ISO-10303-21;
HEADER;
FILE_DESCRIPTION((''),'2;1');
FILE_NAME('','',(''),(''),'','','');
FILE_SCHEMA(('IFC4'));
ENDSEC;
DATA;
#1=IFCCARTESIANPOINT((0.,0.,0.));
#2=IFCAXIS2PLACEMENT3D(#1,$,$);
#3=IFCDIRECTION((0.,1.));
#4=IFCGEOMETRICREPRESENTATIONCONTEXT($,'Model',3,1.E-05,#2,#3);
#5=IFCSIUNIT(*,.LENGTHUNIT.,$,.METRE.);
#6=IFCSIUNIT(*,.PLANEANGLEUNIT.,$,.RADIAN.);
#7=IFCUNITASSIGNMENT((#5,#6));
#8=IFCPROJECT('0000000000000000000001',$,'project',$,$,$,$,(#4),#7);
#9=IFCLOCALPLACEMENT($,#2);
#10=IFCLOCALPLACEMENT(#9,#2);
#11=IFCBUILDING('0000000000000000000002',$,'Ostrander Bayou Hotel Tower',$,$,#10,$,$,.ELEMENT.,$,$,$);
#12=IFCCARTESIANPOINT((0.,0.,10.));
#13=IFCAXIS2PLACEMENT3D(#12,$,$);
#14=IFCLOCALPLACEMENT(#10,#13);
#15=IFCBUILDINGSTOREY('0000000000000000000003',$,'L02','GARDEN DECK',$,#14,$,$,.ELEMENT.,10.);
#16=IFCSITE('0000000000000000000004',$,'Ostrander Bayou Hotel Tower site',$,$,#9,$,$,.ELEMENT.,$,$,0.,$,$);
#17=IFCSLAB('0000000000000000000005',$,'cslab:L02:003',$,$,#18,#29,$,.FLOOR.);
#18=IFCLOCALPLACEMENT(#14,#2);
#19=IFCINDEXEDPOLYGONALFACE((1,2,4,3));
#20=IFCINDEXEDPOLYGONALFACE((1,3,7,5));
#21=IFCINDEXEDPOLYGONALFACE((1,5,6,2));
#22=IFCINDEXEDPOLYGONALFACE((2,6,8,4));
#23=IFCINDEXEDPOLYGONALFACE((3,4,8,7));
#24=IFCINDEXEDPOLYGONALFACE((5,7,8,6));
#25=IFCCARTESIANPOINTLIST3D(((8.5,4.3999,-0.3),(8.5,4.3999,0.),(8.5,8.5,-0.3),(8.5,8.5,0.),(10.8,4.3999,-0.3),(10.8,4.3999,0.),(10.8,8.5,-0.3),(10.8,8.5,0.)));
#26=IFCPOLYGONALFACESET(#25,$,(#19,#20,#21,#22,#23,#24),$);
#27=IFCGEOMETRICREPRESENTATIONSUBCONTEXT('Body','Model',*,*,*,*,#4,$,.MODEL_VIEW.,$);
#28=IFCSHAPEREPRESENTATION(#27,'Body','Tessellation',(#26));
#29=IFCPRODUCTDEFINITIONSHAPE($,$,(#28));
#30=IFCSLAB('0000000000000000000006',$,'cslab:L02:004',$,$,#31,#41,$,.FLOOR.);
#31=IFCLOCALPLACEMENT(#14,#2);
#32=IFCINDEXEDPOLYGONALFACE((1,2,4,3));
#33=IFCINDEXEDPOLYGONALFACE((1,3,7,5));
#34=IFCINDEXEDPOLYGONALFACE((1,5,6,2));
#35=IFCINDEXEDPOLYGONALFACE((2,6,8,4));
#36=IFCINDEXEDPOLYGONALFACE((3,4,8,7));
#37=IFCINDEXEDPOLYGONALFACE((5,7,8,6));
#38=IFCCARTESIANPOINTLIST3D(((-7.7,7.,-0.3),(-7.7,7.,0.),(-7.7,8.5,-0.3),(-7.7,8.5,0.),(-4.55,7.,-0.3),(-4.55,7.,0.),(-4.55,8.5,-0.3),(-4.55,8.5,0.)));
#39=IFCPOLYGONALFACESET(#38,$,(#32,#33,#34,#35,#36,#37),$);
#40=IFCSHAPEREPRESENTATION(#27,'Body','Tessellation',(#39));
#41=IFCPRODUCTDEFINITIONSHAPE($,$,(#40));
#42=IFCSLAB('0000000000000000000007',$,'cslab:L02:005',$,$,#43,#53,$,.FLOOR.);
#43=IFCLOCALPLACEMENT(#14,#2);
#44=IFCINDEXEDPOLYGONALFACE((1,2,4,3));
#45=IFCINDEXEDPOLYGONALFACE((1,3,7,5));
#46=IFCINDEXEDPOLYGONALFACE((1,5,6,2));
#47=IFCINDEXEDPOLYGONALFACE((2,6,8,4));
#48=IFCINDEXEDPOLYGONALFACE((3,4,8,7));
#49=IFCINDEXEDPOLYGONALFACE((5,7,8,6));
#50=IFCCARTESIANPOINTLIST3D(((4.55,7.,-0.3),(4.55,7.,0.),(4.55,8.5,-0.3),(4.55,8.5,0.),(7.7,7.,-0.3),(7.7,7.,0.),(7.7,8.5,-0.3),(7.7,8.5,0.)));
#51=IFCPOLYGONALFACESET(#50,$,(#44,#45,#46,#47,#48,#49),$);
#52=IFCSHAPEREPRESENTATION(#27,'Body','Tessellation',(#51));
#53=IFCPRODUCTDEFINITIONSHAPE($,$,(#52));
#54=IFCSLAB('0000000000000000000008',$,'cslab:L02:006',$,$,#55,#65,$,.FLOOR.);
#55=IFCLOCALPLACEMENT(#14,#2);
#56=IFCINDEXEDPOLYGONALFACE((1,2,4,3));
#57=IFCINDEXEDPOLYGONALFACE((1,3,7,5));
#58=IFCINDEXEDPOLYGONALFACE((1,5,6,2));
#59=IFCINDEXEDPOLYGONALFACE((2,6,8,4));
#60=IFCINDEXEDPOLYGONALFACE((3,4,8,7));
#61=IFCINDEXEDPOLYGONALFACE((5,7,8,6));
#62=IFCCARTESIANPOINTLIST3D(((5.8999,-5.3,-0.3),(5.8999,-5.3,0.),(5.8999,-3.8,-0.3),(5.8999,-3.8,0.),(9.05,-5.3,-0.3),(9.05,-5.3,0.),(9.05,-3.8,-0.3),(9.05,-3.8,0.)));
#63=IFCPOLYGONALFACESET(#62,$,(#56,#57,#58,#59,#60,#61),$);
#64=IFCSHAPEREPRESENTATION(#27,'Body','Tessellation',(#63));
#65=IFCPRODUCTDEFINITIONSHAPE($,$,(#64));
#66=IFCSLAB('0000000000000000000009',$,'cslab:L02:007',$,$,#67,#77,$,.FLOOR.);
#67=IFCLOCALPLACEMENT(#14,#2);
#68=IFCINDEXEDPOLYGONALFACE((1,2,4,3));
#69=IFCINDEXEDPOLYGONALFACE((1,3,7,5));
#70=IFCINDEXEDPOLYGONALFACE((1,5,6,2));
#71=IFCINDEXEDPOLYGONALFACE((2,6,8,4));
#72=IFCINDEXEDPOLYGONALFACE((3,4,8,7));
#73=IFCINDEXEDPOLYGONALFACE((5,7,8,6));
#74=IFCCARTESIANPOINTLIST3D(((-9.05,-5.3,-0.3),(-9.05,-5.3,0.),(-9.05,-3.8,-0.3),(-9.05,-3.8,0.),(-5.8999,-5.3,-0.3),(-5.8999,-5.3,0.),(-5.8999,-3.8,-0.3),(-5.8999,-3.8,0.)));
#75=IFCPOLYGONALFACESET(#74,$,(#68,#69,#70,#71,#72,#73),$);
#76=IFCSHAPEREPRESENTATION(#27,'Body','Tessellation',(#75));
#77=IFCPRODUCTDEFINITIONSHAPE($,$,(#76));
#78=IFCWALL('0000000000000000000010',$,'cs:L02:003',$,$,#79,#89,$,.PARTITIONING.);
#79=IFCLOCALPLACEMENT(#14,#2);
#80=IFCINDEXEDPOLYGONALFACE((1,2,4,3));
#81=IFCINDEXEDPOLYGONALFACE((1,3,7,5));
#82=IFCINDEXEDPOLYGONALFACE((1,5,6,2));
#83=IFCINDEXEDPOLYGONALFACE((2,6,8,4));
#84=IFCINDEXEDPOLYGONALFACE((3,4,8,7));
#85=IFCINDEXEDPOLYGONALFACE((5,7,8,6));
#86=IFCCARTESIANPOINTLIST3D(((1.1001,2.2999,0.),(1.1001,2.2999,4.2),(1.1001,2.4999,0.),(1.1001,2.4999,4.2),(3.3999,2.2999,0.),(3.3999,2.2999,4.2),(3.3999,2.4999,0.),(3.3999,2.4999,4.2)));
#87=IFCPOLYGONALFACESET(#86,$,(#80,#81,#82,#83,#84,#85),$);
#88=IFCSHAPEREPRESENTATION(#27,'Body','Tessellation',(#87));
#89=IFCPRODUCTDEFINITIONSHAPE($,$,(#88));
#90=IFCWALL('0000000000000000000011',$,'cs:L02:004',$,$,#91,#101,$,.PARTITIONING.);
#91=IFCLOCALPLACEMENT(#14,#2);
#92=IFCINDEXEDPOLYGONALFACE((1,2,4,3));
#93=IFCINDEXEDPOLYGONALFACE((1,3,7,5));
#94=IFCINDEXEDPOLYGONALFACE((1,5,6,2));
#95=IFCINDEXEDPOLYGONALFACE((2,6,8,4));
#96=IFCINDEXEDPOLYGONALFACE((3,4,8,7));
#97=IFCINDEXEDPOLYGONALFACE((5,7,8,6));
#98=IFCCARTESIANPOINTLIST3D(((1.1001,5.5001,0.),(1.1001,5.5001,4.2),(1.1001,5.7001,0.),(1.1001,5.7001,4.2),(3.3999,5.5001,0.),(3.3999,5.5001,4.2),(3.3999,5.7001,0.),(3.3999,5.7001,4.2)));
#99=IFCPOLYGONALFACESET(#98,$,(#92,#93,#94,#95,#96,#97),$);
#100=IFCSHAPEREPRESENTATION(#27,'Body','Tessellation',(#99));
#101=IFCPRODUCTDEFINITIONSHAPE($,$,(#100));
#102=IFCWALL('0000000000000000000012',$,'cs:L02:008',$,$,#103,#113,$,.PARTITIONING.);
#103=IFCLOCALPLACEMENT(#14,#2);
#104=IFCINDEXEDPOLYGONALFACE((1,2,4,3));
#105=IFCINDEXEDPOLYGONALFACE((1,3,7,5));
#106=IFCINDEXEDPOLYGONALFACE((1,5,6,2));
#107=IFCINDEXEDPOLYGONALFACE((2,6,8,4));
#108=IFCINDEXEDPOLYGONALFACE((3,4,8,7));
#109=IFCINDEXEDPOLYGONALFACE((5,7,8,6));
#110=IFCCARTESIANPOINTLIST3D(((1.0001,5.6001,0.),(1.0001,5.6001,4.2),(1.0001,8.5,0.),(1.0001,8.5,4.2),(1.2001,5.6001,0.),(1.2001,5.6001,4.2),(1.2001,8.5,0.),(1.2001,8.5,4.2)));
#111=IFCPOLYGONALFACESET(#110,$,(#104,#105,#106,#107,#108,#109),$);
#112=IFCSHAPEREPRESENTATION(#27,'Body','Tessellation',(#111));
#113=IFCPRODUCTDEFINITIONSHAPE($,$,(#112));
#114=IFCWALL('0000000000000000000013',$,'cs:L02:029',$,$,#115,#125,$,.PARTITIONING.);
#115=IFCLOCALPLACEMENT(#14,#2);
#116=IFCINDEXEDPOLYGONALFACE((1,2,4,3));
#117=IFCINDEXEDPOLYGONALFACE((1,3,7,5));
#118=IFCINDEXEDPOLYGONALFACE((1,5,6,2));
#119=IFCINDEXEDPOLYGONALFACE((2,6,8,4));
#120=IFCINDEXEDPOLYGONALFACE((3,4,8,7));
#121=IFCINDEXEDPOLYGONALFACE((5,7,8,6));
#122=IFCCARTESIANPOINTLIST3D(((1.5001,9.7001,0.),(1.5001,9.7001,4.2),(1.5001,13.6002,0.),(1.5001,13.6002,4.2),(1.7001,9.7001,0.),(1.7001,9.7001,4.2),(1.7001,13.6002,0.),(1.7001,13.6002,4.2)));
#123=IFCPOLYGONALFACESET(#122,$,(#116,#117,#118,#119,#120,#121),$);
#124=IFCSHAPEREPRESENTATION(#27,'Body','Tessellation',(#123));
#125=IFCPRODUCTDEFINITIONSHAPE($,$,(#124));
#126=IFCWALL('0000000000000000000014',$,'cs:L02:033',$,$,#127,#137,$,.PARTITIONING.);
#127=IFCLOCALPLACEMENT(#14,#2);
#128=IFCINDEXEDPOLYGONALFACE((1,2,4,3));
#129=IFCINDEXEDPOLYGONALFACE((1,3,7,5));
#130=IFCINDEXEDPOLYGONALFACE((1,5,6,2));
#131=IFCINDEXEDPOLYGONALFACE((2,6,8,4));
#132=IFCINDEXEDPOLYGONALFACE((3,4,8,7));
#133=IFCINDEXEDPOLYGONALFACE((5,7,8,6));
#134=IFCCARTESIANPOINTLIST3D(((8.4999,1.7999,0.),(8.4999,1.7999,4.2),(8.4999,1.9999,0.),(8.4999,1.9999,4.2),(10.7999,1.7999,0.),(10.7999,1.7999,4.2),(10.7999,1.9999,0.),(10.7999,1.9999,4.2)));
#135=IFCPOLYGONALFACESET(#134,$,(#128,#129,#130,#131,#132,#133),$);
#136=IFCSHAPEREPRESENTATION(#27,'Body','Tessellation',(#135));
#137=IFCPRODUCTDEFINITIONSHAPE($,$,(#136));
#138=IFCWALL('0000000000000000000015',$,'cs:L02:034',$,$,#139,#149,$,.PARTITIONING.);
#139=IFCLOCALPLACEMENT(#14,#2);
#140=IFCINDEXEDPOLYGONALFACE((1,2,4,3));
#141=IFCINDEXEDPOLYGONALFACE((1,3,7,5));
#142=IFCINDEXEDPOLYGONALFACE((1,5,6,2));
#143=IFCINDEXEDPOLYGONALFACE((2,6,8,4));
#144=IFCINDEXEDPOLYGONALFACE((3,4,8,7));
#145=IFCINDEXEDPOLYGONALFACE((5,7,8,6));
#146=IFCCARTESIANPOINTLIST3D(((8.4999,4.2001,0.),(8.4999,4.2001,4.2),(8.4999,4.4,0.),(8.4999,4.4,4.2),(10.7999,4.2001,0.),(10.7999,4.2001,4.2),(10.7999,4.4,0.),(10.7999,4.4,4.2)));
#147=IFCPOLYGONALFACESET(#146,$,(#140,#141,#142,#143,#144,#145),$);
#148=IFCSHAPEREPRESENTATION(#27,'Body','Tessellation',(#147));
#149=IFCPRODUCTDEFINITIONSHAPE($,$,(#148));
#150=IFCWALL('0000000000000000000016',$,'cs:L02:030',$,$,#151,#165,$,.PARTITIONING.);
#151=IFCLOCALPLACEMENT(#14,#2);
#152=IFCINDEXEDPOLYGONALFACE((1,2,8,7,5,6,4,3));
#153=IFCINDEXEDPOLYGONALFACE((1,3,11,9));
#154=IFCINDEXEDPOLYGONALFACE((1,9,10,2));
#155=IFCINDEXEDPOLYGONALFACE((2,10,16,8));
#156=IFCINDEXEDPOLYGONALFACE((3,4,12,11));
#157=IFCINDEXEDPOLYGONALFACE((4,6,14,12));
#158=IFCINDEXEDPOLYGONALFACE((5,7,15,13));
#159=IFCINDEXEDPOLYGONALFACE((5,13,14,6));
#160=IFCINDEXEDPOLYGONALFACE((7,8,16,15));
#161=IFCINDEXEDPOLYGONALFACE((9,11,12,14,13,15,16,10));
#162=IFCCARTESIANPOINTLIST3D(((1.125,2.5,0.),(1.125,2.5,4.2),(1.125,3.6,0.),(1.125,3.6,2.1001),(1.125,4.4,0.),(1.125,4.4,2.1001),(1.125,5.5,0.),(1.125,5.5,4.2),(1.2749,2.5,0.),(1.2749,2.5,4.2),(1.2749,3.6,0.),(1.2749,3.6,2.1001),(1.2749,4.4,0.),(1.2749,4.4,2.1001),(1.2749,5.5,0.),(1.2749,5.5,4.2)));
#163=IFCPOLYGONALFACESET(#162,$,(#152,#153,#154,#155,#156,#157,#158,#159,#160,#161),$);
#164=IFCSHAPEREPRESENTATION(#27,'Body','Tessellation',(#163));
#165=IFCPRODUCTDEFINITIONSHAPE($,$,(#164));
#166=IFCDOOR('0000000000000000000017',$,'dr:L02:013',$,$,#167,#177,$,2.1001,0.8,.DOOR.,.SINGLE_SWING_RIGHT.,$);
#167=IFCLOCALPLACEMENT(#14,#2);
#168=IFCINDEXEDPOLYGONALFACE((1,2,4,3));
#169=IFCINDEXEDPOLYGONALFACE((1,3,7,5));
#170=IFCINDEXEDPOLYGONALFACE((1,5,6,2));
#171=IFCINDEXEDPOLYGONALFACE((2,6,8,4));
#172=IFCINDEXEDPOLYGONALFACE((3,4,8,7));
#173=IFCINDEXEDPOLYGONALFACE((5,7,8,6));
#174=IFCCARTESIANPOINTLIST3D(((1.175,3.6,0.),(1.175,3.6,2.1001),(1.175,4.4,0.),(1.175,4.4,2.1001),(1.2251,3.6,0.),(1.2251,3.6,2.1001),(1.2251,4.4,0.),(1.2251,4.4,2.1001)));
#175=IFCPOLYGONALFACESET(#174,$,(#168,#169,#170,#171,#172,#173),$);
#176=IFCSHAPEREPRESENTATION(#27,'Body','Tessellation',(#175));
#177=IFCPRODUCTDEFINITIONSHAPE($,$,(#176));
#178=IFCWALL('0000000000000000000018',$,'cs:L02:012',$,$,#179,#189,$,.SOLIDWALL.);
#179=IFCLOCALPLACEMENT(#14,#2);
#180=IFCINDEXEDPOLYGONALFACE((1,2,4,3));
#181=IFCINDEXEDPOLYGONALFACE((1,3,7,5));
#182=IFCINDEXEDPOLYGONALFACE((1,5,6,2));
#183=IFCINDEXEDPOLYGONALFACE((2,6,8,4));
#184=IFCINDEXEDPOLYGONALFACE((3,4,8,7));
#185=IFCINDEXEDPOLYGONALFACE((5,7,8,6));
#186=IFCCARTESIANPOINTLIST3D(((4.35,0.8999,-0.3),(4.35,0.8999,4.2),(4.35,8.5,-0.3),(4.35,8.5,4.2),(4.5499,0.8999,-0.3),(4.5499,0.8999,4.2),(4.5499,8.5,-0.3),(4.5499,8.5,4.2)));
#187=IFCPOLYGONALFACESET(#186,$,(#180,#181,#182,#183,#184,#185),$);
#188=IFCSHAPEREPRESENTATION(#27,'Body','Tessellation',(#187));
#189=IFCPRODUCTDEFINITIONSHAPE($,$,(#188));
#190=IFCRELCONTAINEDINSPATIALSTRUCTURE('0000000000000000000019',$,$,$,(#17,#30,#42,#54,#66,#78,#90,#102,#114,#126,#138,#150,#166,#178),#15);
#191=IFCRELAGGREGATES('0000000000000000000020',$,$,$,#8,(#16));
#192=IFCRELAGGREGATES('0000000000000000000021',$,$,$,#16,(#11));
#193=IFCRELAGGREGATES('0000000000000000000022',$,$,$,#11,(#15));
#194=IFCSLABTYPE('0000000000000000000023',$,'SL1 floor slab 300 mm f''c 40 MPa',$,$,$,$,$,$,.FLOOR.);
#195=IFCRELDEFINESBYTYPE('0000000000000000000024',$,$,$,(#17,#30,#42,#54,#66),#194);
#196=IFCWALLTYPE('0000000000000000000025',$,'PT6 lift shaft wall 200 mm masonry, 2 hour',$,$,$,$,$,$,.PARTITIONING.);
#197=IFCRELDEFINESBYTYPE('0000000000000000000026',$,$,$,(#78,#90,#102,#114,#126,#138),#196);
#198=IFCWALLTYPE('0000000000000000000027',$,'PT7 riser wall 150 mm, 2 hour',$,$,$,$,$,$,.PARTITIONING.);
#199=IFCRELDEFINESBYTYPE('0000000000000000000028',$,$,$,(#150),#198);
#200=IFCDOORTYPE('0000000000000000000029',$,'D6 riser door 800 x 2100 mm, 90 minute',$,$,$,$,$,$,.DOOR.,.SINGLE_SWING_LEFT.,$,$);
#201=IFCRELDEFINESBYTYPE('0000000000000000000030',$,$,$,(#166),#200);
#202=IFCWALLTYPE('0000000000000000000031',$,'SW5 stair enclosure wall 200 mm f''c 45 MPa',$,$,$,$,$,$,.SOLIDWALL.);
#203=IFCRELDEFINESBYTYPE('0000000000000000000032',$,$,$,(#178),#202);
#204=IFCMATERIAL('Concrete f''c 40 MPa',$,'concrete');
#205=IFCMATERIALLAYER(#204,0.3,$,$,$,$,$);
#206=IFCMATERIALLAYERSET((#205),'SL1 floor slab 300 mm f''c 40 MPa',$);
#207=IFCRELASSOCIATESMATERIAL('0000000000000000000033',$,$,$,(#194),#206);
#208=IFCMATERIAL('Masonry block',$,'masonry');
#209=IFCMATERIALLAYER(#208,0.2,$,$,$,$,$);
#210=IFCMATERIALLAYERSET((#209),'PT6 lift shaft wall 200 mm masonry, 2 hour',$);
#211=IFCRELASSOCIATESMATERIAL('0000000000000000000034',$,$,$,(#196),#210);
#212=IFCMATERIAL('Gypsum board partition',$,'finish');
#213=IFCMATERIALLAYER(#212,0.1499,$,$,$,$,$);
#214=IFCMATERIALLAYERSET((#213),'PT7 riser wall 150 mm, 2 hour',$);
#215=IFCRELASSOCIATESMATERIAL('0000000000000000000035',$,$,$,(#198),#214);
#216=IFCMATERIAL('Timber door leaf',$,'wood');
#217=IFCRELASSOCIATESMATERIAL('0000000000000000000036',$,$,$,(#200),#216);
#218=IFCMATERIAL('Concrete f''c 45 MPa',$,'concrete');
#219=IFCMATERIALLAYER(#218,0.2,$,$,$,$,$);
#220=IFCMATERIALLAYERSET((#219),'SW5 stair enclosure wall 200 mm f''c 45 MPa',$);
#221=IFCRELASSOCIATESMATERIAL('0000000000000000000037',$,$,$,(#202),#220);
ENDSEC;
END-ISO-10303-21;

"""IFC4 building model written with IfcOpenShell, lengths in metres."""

from ifc_helpers import new_model, si_unit, direction, frame, frame_2d, origin, place, context, subcontext, project, spatial, polyline, rectangle, outline, extrude, material, layer, layer_set, type_object, element, fill, save


model = new_model("IFC4")

# Units and contexts
model_context = context("Model", 3, precision=1e-05, world=origin(), true_north=direction((0.0, 1.0)))
body_context = subcontext(model_context, "Body", "Model", "MODEL_VIEW")
ifc_project = project(units=[si_unit("LENGTHUNIT", "METRE"), si_unit("PLANEANGLEUNIT", "RADIAN")], contexts=[model_context])

# Site, building, storey
site_placement = place(None, origin())
site = spatial("IfcSite", under=ifc_project, at=site_placement, Name="Ostrander Bayou Hotel Tower site", CompositionType="ELEMENT", RefElevation=0.0)
building_placement = place(site_placement, origin())
building = spatial("IfcBuilding", under=site, at=building_placement, Name="Ostrander Bayou Hotel Tower", CompositionType="ELEMENT")
storey_placement = place(building_placement, frame((0.0, 0.0, 10.0)))
storey = spatial("IfcBuildingStorey", under=building, at=storey_placement, Name="L02", Description="GARDEN DECK", CompositionType="ELEMENT", Elevation=10.0)

# Slabs
ifc_material_1 = material(Name="Concrete f'c 40 MPa", Category="concrete")
ifc_layer_1 = layer(ifc_material_1, 0.3)
ifc_layer_set_1 = layer_set([ifc_layer_1], Name="SL1 floor slab 300 mm f'c 40 MPa")
slab_type = type_object("IfcSlabType", Name="SL1 floor slab 300 mm f'c 40 MPa", PredefinedType="FLOOR", material=ifc_layer_set_1)
slab_1_placement = place(storey_placement, frame((0.0, 0.0, -0.3)))
element("IfcSlab", 1, at=slab_1_placement, inside=storey, type_object=slab_type, Name="cslab:L02:003", PredefinedType="FLOOR", context=body_context, shape_type="SweptSolid", body=[
    extrude(outline(polyline([(10.8, 4.3999), (10.8, 8.5), (8.5, 8.5), (8.5, 4.3999), (10.8, 4.3999)])), origin(), (0.0, 0.0, 1.0), 0.3),
])
slab_2_placement = place(storey_placement, frame((0.0, 0.0, -0.3)))
element("IfcSlab", 2, at=slab_2_placement, inside=storey, type_object=slab_type, Name="cslab:L02:004", PredefinedType="FLOOR", context=body_context, shape_type="SweptSolid", body=[
    extrude(outline(polyline([(-4.55, 7.0), (-4.55, 8.5), (-7.7, 8.5), (-7.7, 7.0), (-4.55, 7.0)])), origin(), (0.0, 0.0, 1.0), 0.3),
])
slab_3_placement = place(storey_placement, frame((0.0, 0.0, -0.3)))
element("IfcSlab", 3, at=slab_3_placement, inside=storey, type_object=slab_type, Name="cslab:L02:005", PredefinedType="FLOOR", context=body_context, shape_type="SweptSolid", body=[
    extrude(outline(polyline([(7.7, 7.0), (7.7, 8.5), (4.55, 8.5), (4.55, 7.0), (7.7, 7.0)])), origin(), (0.0, 0.0, 1.0), 0.3),
])
slab_4_placement = place(storey_placement, frame((0.0, 0.0, -0.3)))
element("IfcSlab", 4, at=slab_4_placement, inside=storey, type_object=slab_type, Name="cslab:L02:006", PredefinedType="FLOOR", context=body_context, shape_type="SweptSolid", body=[
    extrude(outline(polyline([(9.05, -5.3), (9.05, -3.8), (5.8999, -3.8), (5.8999, -5.3), (9.05, -5.3)])), origin(), (0.0, 0.0, 1.0), 0.3),
])
slab_5_placement = place(storey_placement, frame((0.0, 0.0, -0.3)))
element("IfcSlab", 5, at=slab_5_placement, inside=storey, type_object=slab_type, Name="cslab:L02:007", PredefinedType="FLOOR", context=body_context, shape_type="SweptSolid", body=[
    extrude(outline(polyline([(-5.8999, -5.3), (-5.8999, -3.8), (-9.05, -3.8), (-9.05, -5.3), (-5.8999, -5.3)])), origin(), (0.0, 0.0, 1.0), 0.3),
])

# Walls
ifc_material_2 = material(Name="Masonry block", Category="masonry")
ifc_layer_2 = layer(ifc_material_2, 0.2)
ifc_layer_set_2 = layer_set([ifc_layer_2], Name="PT6 lift shaft wall 200 mm masonry, 2 hour")
wall_type_1 = type_object("IfcWallType", Name="PT6 lift shaft wall 200 mm masonry, 2 hour", PredefinedType="PARTITIONING", material=ifc_layer_set_2)
for number, where, z_axis, x_axis, name in (
    (6, (1.1001, 2.3999, 0.0), (0.0, 0.0, 1.0), (1.0, 0.0, 0.0), "cs:L02:003"),
    (7, (1.1001, 5.6001, 0.0), (0.0, 0.0, 1.0), (1.0, 0.0, 0.0), "cs:L02:004"),
):
    element("IfcWall", number, at=place(storey_placement, frame(where, z_axis=z_axis, x_axis=x_axis)), inside=storey, type_object=wall_type_1, Name=name, PredefinedType="PARTITIONING", context=body_context, shape_type="SweptSolid", body=[
        extrude(rectangle(XDim=2.2998, YDim=0.2, at=frame_2d((1.1499, 0.0))), origin(), (0.0, 0.0, 1.0), 4.2),
    ])
wall_1_placement = place(storey_placement, frame((1.1001, 5.6001, 0.0), z_axis=(0.0, 0.0, 1.0), x_axis=(0.0, 1.0, 0.0)))
element("IfcWall", 8, at=wall_1_placement, inside=storey, type_object=wall_type_1, Name="cs:L02:008", PredefinedType="PARTITIONING", context=body_context, shape_type="SweptSolid", body=[
    extrude(rectangle(XDim=2.8999, YDim=0.2, at=frame_2d((1.45, 0.0))), origin(), (0.0, 0.0, 1.0), 4.2),
])
wall_2_placement = place(storey_placement, frame((1.6001, 9.7, 0.0), z_axis=(0.0, 0.0, 1.0), x_axis=(0.0, 1.0, 0.0)))
element("IfcWall", 9, at=wall_2_placement, inside=storey, type_object=wall_type_1, Name="cs:L02:029", PredefinedType="PARTITIONING", context=body_context, shape_type="SweptSolid", body=[
    extrude(rectangle(XDim=3.9001, YDim=0.2, at=frame_2d((1.9502, 0.0))), origin(), (0.0, 0.0, 1.0), 4.2),
])
for number, where, z_axis, x_axis, name in (
    (10, (8.5, 1.8999, 0.0), (0.0, 0.0, 1.0), (1.0, 0.0, 0.0), "cs:L02:033"),
    (11, (8.5, 4.3, 0.0), (0.0, 0.0, 1.0), (1.0, 0.0, 0.0), "cs:L02:034"),
):
    element("IfcWall", number, at=place(storey_placement, frame(where, z_axis=z_axis, x_axis=x_axis)), inside=storey, type_object=wall_type_1, Name=name, PredefinedType="PARTITIONING", context=body_context, shape_type="SweptSolid", body=[
        extrude(rectangle(XDim=2.3, YDim=0.2, at=frame_2d((1.1499, 0.0))), origin(), (0.0, 0.0, 1.0), 4.2),
    ])

# Wall, opening, door
ifc_material_3 = material(Name="Gypsum board partition", Category="finish")
ifc_layer_3 = layer(ifc_material_3, 0.1499)
ifc_layer_set_3 = layer_set([ifc_layer_3], Name="PT7 riser wall 150 mm, 2 hour")
wall_type_2 = type_object("IfcWallType", Name="PT7 riser wall 150 mm, 2 hour", PredefinedType="PARTITIONING", material=ifc_layer_set_3)
wall_3_placement = place(storey_placement, frame((1.2, 2.5, 0.0), z_axis=(0.0, 0.0, 1.0), x_axis=(0.0, 1.0, 0.0)))
wall_3 = element("IfcWall", 12, at=wall_3_placement, inside=storey, type_object=wall_type_2, Name="cs:L02:030", PredefinedType="PARTITIONING", context=body_context, shape_type="SweptSolid", body=[
    extrude(rectangle(XDim=3.0, YDim=0.1499, at=frame_2d((1.5, 0.0))), origin(), (0.0, 0.0, 1.0), 4.2),
])
opening_1_placement = place(wall_3_placement, frame((1.1001, 0.0, 0.0)))
opening_1 = element("IfcOpeningElement", 13, at=opening_1_placement, cuts=wall_3, PredefinedType="OPENING", context=body_context, shape_type="SweptSolid", body=[
    extrude(rectangle(XDim=0.8, YDim=2.1001, at=frame_2d((0.3999, 1.05))), frame((0.0, 0.075, 0.0), z_axis=(0.0, -1.0, 0.0), x_axis=(1.0, 0.0, 0.0)), (0.0, 0.0, 1.0), 0.1499),
])
ifc_material_4 = material(Name="Timber door leaf", Category="wood")
door_type_1 = type_object("IfcDoorType", Name="D6 riser door 800 x 2100 mm, 90 minute", OperationType="SINGLE_SWING_LEFT", PredefinedType="DOOR", material=ifc_material_4)
door_1_placement = place(opening_1_placement, origin())
door_1 = element("IfcDoor", 14, at=door_1_placement, inside=storey, type_object=door_type_1, Name="dr:L02:013", OperationType="SINGLE_SWING_RIGHT", OverallHeight=2.1001, OverallWidth=0.8, PredefinedType="DOOR", context=body_context, shape_type="SweptSolid", body=[
    extrude(rectangle(XDim=0.8, YDim=2.1001, at=frame_2d((0.3999, 1.05))), frame((0.0, 0.0249, 0.0), z_axis=(0.0, -1.0, 0.0), x_axis=(1.0, 0.0, 0.0)), (0.0, 0.0, 1.0), 0.05),
])
fill(opening_1, door_1)

# Wall
ifc_material_5 = material(Name="Concrete f'c 45 MPa", Category="concrete")
ifc_layer_4 = layer(ifc_material_5, 0.2)
ifc_layer_set_4 = layer_set([ifc_layer_4], Name="SW5 stair enclosure wall 200 mm f'c 45 MPa")
wall_type_3 = type_object("IfcWallType", Name="SW5 stair enclosure wall 200 mm f'c 45 MPa", PredefinedType="SOLIDWALL", material=ifc_layer_set_4)
wall_4_placement = place(storey_placement, frame((4.45, 0.8999, -0.3), z_axis=(0.0, 0.0, 1.0), x_axis=(0.0, 1.0, 0.0)))
element("IfcWall", 15, at=wall_4_placement, inside=storey, type_object=wall_type_3, Name="cs:L02:012", PredefinedType="SOLIDWALL", context=body_context, shape_type="SweptSolid", body=[
    extrude(rectangle(XDim=7.6001, YDim=0.2, at=frame_2d((3.8, 0.0))), origin(), (0.0, 0.0, 1.0), 4.5),
])

save(model, "model.ifc")
